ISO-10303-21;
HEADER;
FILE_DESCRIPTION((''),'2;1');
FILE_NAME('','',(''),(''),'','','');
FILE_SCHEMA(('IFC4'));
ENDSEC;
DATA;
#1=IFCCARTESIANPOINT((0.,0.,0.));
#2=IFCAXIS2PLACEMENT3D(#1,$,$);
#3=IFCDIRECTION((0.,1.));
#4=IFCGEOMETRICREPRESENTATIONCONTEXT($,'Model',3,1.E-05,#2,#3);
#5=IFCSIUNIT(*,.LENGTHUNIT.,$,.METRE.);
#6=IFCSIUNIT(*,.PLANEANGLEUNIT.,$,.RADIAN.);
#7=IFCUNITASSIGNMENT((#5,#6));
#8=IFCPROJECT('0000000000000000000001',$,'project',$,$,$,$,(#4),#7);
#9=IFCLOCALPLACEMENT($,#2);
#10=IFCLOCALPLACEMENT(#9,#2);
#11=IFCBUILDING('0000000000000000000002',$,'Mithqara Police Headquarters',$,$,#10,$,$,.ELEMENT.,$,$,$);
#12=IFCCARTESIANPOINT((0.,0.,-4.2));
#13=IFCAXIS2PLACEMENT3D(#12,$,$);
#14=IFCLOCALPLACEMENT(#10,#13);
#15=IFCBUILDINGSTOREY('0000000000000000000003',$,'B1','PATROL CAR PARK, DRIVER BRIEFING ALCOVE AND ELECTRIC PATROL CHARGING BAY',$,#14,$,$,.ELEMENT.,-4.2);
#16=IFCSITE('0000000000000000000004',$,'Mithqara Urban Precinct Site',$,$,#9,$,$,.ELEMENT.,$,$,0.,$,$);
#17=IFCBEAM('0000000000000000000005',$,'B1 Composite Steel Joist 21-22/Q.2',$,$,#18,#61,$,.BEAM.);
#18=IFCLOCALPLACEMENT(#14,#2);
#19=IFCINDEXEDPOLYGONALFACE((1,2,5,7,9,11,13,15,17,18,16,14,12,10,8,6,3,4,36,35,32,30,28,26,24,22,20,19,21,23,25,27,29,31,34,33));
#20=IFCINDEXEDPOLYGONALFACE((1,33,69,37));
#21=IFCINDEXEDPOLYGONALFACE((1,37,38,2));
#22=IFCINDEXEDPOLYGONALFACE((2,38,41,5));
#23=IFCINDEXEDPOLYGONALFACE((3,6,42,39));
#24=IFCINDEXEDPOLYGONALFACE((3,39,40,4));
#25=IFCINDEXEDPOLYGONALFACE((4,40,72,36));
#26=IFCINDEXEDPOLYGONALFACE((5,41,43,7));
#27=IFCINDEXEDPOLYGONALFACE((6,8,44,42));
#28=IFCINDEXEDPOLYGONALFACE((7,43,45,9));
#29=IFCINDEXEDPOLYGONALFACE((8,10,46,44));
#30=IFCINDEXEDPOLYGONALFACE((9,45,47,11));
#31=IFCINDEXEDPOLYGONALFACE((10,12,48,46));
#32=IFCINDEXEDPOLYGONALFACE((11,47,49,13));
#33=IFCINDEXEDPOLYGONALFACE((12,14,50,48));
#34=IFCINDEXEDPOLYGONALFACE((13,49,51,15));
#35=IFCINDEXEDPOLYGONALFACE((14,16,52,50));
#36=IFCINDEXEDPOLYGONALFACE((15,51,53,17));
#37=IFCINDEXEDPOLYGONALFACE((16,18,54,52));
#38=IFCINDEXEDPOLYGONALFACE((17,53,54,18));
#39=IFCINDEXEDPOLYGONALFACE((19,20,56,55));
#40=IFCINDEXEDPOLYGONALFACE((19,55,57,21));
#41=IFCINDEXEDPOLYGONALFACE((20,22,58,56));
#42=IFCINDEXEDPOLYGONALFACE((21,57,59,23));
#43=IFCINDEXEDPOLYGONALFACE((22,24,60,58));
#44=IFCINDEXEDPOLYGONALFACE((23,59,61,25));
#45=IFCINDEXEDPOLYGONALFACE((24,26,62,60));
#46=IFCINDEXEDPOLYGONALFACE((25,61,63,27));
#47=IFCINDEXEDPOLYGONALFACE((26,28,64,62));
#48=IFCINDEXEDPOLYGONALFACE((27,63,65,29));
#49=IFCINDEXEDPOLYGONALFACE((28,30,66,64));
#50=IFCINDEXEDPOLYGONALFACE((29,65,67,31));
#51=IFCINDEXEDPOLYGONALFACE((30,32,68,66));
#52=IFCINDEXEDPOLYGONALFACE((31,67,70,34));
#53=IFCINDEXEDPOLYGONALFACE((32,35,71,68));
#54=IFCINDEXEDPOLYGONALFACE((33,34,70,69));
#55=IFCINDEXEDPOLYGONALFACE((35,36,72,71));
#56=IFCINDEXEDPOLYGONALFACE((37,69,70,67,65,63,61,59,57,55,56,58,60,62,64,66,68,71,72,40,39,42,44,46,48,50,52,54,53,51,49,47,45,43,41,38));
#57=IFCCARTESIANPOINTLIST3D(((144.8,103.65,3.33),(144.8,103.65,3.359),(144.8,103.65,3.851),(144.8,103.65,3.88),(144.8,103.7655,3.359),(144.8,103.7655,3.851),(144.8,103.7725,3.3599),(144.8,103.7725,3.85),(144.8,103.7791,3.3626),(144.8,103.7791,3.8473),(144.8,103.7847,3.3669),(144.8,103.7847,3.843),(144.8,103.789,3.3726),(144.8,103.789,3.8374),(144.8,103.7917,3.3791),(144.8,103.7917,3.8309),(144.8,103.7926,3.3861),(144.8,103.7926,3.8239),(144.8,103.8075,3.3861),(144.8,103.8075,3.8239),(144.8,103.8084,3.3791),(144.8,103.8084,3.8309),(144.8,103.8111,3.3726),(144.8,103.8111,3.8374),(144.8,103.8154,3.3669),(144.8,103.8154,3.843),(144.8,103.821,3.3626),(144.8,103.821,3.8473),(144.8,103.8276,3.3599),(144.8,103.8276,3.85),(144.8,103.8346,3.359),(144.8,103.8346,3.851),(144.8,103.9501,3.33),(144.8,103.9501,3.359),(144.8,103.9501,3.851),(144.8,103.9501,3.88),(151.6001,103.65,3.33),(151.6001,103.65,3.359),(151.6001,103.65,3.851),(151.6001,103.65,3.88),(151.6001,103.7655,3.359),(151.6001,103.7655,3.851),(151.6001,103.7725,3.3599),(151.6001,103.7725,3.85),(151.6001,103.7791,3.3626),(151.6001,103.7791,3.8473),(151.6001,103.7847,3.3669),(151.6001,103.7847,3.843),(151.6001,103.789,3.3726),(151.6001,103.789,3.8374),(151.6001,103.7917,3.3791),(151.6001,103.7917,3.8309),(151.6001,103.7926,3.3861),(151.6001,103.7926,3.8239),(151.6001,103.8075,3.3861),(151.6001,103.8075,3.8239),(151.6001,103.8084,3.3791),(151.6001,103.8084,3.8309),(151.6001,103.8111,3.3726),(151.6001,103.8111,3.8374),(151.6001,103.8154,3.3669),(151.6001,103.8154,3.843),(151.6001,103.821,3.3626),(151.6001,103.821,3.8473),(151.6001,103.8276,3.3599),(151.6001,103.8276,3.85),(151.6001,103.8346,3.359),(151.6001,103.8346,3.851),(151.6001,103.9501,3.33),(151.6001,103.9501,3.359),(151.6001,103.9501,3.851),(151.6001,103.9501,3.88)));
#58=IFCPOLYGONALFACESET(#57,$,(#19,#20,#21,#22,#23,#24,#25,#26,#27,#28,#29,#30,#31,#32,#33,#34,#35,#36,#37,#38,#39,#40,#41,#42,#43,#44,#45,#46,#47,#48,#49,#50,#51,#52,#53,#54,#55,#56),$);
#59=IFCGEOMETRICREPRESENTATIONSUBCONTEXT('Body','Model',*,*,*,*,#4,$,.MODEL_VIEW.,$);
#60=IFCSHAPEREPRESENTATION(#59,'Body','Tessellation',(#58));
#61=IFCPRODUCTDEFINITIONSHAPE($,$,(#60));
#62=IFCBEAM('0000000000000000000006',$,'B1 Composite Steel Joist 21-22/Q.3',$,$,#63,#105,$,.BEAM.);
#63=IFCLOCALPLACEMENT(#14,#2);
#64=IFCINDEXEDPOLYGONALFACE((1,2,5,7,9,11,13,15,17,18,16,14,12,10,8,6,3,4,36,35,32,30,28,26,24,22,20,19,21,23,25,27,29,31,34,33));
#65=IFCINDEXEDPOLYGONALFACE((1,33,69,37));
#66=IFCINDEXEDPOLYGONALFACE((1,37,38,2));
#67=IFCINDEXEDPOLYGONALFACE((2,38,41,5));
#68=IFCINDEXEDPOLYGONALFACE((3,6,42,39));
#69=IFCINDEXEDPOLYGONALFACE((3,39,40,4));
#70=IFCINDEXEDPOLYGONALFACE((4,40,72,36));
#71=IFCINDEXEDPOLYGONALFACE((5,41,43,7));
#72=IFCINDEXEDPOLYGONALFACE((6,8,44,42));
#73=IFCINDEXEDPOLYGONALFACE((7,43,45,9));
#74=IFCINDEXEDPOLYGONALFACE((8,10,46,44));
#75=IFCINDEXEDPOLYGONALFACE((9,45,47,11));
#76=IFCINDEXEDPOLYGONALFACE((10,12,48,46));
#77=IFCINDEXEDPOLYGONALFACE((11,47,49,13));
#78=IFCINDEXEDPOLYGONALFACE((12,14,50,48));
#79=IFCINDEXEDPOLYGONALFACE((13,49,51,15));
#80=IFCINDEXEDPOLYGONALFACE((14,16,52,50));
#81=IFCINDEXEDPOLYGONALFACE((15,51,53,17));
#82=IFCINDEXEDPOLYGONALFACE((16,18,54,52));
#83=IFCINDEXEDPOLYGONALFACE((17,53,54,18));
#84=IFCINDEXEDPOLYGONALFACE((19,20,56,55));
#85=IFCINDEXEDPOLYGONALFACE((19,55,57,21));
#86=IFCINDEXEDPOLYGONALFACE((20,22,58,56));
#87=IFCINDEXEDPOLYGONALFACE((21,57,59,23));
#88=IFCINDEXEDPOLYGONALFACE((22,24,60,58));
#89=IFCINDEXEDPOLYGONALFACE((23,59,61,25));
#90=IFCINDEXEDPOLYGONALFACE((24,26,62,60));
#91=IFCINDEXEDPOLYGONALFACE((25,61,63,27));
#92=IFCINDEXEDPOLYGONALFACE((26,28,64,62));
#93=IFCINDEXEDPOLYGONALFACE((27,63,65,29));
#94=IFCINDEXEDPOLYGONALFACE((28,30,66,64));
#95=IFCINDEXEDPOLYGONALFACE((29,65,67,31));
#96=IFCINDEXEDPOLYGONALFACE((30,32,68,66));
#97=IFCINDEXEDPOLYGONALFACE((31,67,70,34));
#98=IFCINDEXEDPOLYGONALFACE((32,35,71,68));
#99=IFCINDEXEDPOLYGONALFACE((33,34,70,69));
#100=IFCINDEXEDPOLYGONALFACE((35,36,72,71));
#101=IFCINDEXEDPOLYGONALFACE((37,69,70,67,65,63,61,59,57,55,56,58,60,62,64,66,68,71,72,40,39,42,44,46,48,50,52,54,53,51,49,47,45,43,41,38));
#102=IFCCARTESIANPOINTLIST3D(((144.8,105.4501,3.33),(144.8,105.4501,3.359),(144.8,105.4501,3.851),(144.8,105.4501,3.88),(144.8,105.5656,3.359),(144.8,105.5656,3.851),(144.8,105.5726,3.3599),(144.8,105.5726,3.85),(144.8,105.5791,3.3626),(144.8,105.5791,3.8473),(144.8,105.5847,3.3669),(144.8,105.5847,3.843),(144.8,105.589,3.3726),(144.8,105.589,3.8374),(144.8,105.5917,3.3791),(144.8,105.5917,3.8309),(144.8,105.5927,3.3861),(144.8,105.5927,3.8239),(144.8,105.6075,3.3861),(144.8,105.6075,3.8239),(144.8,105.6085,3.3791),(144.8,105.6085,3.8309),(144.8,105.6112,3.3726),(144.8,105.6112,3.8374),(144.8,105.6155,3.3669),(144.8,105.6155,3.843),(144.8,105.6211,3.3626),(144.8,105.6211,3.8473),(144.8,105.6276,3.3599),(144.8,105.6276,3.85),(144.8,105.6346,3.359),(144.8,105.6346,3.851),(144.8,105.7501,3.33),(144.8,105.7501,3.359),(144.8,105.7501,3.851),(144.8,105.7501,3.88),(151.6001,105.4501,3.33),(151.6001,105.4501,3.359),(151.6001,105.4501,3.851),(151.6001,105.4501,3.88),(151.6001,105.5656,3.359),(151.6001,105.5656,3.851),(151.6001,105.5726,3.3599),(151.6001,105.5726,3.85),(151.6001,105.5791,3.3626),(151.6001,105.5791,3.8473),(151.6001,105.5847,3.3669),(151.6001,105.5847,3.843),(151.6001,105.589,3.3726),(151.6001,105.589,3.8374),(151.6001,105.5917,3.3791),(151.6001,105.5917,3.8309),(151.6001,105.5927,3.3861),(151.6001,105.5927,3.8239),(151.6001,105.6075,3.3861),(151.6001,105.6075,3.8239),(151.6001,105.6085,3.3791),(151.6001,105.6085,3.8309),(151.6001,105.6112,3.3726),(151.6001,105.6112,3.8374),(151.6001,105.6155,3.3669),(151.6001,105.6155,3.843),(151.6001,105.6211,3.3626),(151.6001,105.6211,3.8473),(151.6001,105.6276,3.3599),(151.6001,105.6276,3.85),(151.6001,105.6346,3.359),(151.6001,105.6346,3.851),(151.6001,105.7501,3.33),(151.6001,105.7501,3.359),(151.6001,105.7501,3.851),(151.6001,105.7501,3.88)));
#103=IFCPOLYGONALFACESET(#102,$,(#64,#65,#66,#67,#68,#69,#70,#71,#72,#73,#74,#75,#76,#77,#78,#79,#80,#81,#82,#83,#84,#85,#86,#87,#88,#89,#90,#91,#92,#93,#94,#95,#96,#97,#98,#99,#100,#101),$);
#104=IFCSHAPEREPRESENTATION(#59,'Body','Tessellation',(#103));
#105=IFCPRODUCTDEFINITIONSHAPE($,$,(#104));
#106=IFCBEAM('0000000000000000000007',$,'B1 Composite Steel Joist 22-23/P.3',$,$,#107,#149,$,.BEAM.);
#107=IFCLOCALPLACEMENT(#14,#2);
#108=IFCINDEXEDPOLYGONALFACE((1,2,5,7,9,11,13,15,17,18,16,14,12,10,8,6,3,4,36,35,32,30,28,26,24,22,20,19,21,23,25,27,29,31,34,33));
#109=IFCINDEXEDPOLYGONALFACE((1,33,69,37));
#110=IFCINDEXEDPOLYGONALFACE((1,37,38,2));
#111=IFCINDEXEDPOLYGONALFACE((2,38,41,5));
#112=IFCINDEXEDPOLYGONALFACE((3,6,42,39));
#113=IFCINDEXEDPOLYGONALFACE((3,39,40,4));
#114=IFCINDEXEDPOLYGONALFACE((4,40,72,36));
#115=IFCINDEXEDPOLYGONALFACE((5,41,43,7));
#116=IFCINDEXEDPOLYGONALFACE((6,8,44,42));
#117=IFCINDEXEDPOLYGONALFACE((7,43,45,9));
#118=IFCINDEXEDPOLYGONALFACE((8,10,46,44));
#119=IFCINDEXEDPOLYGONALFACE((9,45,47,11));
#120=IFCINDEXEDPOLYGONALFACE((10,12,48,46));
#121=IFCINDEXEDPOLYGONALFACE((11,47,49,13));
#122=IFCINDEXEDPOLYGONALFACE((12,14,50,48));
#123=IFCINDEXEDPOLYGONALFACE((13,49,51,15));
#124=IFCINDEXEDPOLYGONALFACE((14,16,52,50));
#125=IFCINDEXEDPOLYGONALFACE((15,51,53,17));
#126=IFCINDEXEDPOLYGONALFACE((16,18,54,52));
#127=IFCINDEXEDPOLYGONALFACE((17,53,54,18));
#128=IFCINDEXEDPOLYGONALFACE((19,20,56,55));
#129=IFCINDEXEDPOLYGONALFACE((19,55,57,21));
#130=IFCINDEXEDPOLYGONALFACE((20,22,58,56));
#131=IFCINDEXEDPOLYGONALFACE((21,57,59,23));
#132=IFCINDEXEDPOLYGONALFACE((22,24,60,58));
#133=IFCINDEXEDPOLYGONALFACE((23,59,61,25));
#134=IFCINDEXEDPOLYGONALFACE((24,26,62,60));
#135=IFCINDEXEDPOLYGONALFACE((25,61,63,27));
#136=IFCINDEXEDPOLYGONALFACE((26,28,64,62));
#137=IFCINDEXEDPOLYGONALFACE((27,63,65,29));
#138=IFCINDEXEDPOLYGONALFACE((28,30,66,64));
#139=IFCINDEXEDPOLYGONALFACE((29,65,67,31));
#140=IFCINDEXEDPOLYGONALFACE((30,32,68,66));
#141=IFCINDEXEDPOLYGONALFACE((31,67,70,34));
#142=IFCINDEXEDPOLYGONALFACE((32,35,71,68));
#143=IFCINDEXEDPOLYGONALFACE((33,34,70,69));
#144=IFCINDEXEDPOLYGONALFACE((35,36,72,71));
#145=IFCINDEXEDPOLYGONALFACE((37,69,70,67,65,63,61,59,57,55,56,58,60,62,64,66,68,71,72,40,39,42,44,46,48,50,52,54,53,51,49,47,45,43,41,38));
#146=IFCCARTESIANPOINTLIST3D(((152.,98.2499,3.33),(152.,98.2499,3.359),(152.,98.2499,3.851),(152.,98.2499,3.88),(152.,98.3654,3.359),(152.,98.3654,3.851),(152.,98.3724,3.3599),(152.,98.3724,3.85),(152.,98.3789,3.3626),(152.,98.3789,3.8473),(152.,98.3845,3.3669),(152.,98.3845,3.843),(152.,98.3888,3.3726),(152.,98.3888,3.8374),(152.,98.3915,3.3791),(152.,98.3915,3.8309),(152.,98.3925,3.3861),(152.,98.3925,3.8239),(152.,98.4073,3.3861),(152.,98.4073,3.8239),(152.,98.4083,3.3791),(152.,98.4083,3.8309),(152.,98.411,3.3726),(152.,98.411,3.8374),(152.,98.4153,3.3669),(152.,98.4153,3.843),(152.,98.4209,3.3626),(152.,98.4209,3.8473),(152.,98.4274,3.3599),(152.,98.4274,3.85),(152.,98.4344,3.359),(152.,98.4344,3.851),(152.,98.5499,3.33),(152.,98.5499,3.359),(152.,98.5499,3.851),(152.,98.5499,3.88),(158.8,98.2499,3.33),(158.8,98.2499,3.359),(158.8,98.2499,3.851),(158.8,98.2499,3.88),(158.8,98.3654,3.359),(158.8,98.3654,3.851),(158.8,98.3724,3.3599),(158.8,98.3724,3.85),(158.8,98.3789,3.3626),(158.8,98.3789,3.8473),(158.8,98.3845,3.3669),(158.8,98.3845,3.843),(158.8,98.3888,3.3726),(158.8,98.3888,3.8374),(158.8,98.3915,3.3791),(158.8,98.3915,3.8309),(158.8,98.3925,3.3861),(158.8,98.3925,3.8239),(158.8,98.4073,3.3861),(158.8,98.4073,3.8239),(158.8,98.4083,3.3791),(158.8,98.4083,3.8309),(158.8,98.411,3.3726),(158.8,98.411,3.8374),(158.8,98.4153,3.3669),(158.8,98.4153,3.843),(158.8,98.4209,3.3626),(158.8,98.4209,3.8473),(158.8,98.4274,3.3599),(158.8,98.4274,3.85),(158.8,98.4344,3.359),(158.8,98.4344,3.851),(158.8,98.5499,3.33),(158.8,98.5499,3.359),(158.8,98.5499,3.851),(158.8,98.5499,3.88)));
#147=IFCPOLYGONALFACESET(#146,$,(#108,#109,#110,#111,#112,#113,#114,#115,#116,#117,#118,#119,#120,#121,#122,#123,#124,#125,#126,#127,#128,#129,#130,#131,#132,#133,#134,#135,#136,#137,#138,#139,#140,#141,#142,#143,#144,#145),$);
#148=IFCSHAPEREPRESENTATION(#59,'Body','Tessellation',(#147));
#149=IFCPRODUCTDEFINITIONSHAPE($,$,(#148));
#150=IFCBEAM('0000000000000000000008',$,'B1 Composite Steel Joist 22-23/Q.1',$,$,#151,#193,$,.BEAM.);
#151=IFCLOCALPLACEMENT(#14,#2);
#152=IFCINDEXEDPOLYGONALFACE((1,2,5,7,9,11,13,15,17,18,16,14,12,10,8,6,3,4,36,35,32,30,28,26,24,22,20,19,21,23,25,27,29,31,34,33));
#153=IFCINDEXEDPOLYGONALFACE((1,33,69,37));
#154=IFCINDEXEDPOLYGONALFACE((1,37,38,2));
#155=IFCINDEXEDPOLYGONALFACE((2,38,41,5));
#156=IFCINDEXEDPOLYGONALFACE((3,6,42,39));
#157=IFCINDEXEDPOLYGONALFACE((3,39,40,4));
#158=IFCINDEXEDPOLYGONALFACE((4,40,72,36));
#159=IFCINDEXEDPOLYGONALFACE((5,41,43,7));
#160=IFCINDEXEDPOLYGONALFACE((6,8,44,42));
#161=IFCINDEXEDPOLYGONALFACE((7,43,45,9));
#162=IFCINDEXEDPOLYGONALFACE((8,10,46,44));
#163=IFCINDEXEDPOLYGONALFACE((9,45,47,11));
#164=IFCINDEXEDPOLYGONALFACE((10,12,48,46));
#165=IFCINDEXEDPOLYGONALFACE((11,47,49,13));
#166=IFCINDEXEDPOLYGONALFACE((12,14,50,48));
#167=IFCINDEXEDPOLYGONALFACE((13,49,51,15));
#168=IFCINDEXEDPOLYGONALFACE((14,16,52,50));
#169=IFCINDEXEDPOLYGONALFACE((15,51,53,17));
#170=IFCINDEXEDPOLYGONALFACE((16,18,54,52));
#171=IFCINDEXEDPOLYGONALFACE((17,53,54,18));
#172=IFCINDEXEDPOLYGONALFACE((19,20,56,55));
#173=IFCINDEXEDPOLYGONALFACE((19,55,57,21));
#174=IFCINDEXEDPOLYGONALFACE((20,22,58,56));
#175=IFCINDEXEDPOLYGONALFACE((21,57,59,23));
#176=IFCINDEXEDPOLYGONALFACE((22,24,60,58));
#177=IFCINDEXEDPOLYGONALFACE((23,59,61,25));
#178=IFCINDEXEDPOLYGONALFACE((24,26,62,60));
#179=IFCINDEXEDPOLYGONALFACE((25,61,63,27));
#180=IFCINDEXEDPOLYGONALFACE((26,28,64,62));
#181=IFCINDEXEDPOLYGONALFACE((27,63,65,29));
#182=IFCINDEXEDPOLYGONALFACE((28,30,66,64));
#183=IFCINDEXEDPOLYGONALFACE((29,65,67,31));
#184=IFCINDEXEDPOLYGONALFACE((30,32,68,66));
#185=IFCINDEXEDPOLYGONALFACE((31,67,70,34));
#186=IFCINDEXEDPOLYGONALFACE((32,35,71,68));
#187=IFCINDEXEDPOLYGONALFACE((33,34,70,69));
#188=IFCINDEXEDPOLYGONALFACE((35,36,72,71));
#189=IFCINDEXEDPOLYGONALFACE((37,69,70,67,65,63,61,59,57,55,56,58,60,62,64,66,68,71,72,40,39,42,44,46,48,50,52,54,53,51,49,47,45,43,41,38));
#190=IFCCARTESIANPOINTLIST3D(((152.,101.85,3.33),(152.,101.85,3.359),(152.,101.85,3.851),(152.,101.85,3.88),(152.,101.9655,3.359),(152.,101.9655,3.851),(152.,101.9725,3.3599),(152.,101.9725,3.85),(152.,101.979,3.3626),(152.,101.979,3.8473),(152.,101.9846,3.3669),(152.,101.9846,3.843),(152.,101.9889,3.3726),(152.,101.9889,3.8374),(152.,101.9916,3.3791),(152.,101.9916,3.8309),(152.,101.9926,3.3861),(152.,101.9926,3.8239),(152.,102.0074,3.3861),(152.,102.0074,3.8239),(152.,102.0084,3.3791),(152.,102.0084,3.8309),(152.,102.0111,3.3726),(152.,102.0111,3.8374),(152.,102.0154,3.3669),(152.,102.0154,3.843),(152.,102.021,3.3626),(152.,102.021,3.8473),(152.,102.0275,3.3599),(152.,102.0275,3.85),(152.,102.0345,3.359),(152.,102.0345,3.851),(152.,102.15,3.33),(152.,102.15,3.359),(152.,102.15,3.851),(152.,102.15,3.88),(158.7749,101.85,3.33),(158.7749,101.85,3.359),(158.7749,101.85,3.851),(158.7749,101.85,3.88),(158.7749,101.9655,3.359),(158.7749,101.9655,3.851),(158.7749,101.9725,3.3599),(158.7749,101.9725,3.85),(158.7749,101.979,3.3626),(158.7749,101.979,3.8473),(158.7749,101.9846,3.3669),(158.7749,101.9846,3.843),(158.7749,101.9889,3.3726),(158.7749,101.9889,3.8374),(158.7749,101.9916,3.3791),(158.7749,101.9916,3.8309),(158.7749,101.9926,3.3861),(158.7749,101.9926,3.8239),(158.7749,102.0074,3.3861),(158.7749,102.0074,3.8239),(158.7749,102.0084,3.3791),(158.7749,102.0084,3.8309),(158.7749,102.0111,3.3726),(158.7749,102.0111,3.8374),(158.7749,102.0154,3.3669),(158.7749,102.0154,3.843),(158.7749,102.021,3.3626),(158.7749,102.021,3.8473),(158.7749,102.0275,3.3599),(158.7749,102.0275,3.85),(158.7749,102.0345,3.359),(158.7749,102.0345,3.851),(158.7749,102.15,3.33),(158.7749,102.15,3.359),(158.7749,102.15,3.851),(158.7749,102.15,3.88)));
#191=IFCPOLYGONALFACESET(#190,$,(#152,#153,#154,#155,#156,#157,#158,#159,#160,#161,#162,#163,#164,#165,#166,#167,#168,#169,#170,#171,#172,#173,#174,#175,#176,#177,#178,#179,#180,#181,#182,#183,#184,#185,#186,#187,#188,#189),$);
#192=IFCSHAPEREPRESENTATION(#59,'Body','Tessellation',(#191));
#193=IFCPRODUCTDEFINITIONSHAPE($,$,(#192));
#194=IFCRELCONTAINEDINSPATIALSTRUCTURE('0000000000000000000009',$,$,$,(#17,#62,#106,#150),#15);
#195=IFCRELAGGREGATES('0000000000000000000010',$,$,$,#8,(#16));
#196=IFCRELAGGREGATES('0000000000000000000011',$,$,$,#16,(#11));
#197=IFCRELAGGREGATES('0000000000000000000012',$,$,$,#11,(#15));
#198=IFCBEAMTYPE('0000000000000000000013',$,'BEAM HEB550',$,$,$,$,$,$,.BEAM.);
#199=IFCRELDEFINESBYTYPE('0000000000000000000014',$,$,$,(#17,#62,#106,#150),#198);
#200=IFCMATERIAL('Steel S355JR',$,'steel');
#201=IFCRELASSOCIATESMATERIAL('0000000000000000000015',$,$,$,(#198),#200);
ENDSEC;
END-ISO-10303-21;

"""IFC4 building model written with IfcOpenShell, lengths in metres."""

from ifc_helpers import new_model, si_unit, direction, frame, origin, origin_2d, place, context, subcontext, project, spatial, i_section, extrude, material, material_profile, profile_set, type_object, element, save


model = new_model("IFC4")

# Units and contexts
model_context = context("Model", 3, precision=1e-05, world=origin(), true_north=direction((0.0, 1.0)))
body_context = subcontext(model_context, "Body", "Model", "MODEL_VIEW")
ifc_project = project(units=[si_unit("LENGTHUNIT", "METRE"), si_unit("PLANEANGLEUNIT", "RADIAN")], contexts=[model_context])

# Site, building, storey
site_placement = place(None, origin())
site = spatial("IfcSite", under=ifc_project, at=site_placement, Name="Mithqara Urban Precinct Site", CompositionType="ELEMENT", RefElevation=0.0)
building_placement = place(site_placement, origin())
building = spatial("IfcBuilding", under=site, at=building_placement, Name="Mithqara Police Headquarters", CompositionType="ELEMENT")
storey_placement = place(building_placement, frame((0.0, 0.0, -4.2)))
storey = spatial("IfcBuildingStorey", under=building, at=storey_placement, Name="B1", Description="PATROL CAR PARK, DRIVER BRIEFING ALCOVE AND ELECTRIC PATROL CHARGING BAY", CompositionType="ELEMENT", Elevation=-4.2)

# Beams
ifc_material_1 = material(Name="Steel S355JR", Category="steel")
ifc_material_profile_1 = material_profile(ifc_material_1, i_section(OverallWidth=0.3, OverallDepth=0.55, WebThickness=0.0149, FlangeThickness=0.0291, FilletRadius=0.0271, at=origin_2d()), Name="HEB 550")
ifc_profile_set_1 = profile_set([ifc_material_profile_1], Name="Steel S355JR")
beam_type_1 = type_object("IfcBeamType", Name="BEAM HEB550", PredefinedType="BEAM", material=ifc_profile_set_1)
for number, where, z_axis, x_axis, name in (
    (1, (144.8, 103.8, 3.605), (1.0, 0.0, 0.0), (0.0, 1.0, 0.0), "B1 Composite Steel Joist 21-22/Q.2"),
    (2, (144.8, 105.6001, 3.605), (1.0, 0.0, 0.0), (0.0, 1.0, 0.0), "B1 Composite Steel Joist 21-22/Q.3"),
    (3, (152.0, 98.3999, 3.605), (1.0, 0.0, 0.0), (0.0, 1.0, 0.0), "B1 Composite Steel Joist 22-23/P.3"),
):
    element("IfcBeam", number, at=place(storey_placement, frame(where, z_axis=z_axis, x_axis=x_axis)), inside=storey, type_object=beam_type_1, Name=name, PredefinedType="BEAM", context=body_context, shape_type="SweptSolid", body=[
        extrude(i_section(OverallWidth=0.3, OverallDepth=0.55, WebThickness=0.0149, FlangeThickness=0.0291, FilletRadius=0.0271, at=origin_2d()), origin(), (0.0, 0.0, 1.0), 6.8),
    ])
for number, where, z_axis, x_axis, name in (
    (4, (152.0, 102.0, 3.605), (1.0, 0.0, 0.0), (0.0, 1.0, 0.0), "B1 Composite Steel Joist 22-23/Q.1"),
):
    element("IfcBeam", number, at=place(storey_placement, frame(where, z_axis=z_axis, x_axis=x_axis)), inside=storey, type_object=beam_type_1, Name=name, PredefinedType="BEAM", context=body_context, shape_type="SweptSolid", body=[
        extrude(i_section(OverallWidth=0.3, OverallDepth=0.55, WebThickness=0.0149, FlangeThickness=0.0291, FilletRadius=0.0271, at=origin_2d()), origin(), (0.0, 0.0, 1.0), 6.7749),
    ])

save(model, "model.ifc")
